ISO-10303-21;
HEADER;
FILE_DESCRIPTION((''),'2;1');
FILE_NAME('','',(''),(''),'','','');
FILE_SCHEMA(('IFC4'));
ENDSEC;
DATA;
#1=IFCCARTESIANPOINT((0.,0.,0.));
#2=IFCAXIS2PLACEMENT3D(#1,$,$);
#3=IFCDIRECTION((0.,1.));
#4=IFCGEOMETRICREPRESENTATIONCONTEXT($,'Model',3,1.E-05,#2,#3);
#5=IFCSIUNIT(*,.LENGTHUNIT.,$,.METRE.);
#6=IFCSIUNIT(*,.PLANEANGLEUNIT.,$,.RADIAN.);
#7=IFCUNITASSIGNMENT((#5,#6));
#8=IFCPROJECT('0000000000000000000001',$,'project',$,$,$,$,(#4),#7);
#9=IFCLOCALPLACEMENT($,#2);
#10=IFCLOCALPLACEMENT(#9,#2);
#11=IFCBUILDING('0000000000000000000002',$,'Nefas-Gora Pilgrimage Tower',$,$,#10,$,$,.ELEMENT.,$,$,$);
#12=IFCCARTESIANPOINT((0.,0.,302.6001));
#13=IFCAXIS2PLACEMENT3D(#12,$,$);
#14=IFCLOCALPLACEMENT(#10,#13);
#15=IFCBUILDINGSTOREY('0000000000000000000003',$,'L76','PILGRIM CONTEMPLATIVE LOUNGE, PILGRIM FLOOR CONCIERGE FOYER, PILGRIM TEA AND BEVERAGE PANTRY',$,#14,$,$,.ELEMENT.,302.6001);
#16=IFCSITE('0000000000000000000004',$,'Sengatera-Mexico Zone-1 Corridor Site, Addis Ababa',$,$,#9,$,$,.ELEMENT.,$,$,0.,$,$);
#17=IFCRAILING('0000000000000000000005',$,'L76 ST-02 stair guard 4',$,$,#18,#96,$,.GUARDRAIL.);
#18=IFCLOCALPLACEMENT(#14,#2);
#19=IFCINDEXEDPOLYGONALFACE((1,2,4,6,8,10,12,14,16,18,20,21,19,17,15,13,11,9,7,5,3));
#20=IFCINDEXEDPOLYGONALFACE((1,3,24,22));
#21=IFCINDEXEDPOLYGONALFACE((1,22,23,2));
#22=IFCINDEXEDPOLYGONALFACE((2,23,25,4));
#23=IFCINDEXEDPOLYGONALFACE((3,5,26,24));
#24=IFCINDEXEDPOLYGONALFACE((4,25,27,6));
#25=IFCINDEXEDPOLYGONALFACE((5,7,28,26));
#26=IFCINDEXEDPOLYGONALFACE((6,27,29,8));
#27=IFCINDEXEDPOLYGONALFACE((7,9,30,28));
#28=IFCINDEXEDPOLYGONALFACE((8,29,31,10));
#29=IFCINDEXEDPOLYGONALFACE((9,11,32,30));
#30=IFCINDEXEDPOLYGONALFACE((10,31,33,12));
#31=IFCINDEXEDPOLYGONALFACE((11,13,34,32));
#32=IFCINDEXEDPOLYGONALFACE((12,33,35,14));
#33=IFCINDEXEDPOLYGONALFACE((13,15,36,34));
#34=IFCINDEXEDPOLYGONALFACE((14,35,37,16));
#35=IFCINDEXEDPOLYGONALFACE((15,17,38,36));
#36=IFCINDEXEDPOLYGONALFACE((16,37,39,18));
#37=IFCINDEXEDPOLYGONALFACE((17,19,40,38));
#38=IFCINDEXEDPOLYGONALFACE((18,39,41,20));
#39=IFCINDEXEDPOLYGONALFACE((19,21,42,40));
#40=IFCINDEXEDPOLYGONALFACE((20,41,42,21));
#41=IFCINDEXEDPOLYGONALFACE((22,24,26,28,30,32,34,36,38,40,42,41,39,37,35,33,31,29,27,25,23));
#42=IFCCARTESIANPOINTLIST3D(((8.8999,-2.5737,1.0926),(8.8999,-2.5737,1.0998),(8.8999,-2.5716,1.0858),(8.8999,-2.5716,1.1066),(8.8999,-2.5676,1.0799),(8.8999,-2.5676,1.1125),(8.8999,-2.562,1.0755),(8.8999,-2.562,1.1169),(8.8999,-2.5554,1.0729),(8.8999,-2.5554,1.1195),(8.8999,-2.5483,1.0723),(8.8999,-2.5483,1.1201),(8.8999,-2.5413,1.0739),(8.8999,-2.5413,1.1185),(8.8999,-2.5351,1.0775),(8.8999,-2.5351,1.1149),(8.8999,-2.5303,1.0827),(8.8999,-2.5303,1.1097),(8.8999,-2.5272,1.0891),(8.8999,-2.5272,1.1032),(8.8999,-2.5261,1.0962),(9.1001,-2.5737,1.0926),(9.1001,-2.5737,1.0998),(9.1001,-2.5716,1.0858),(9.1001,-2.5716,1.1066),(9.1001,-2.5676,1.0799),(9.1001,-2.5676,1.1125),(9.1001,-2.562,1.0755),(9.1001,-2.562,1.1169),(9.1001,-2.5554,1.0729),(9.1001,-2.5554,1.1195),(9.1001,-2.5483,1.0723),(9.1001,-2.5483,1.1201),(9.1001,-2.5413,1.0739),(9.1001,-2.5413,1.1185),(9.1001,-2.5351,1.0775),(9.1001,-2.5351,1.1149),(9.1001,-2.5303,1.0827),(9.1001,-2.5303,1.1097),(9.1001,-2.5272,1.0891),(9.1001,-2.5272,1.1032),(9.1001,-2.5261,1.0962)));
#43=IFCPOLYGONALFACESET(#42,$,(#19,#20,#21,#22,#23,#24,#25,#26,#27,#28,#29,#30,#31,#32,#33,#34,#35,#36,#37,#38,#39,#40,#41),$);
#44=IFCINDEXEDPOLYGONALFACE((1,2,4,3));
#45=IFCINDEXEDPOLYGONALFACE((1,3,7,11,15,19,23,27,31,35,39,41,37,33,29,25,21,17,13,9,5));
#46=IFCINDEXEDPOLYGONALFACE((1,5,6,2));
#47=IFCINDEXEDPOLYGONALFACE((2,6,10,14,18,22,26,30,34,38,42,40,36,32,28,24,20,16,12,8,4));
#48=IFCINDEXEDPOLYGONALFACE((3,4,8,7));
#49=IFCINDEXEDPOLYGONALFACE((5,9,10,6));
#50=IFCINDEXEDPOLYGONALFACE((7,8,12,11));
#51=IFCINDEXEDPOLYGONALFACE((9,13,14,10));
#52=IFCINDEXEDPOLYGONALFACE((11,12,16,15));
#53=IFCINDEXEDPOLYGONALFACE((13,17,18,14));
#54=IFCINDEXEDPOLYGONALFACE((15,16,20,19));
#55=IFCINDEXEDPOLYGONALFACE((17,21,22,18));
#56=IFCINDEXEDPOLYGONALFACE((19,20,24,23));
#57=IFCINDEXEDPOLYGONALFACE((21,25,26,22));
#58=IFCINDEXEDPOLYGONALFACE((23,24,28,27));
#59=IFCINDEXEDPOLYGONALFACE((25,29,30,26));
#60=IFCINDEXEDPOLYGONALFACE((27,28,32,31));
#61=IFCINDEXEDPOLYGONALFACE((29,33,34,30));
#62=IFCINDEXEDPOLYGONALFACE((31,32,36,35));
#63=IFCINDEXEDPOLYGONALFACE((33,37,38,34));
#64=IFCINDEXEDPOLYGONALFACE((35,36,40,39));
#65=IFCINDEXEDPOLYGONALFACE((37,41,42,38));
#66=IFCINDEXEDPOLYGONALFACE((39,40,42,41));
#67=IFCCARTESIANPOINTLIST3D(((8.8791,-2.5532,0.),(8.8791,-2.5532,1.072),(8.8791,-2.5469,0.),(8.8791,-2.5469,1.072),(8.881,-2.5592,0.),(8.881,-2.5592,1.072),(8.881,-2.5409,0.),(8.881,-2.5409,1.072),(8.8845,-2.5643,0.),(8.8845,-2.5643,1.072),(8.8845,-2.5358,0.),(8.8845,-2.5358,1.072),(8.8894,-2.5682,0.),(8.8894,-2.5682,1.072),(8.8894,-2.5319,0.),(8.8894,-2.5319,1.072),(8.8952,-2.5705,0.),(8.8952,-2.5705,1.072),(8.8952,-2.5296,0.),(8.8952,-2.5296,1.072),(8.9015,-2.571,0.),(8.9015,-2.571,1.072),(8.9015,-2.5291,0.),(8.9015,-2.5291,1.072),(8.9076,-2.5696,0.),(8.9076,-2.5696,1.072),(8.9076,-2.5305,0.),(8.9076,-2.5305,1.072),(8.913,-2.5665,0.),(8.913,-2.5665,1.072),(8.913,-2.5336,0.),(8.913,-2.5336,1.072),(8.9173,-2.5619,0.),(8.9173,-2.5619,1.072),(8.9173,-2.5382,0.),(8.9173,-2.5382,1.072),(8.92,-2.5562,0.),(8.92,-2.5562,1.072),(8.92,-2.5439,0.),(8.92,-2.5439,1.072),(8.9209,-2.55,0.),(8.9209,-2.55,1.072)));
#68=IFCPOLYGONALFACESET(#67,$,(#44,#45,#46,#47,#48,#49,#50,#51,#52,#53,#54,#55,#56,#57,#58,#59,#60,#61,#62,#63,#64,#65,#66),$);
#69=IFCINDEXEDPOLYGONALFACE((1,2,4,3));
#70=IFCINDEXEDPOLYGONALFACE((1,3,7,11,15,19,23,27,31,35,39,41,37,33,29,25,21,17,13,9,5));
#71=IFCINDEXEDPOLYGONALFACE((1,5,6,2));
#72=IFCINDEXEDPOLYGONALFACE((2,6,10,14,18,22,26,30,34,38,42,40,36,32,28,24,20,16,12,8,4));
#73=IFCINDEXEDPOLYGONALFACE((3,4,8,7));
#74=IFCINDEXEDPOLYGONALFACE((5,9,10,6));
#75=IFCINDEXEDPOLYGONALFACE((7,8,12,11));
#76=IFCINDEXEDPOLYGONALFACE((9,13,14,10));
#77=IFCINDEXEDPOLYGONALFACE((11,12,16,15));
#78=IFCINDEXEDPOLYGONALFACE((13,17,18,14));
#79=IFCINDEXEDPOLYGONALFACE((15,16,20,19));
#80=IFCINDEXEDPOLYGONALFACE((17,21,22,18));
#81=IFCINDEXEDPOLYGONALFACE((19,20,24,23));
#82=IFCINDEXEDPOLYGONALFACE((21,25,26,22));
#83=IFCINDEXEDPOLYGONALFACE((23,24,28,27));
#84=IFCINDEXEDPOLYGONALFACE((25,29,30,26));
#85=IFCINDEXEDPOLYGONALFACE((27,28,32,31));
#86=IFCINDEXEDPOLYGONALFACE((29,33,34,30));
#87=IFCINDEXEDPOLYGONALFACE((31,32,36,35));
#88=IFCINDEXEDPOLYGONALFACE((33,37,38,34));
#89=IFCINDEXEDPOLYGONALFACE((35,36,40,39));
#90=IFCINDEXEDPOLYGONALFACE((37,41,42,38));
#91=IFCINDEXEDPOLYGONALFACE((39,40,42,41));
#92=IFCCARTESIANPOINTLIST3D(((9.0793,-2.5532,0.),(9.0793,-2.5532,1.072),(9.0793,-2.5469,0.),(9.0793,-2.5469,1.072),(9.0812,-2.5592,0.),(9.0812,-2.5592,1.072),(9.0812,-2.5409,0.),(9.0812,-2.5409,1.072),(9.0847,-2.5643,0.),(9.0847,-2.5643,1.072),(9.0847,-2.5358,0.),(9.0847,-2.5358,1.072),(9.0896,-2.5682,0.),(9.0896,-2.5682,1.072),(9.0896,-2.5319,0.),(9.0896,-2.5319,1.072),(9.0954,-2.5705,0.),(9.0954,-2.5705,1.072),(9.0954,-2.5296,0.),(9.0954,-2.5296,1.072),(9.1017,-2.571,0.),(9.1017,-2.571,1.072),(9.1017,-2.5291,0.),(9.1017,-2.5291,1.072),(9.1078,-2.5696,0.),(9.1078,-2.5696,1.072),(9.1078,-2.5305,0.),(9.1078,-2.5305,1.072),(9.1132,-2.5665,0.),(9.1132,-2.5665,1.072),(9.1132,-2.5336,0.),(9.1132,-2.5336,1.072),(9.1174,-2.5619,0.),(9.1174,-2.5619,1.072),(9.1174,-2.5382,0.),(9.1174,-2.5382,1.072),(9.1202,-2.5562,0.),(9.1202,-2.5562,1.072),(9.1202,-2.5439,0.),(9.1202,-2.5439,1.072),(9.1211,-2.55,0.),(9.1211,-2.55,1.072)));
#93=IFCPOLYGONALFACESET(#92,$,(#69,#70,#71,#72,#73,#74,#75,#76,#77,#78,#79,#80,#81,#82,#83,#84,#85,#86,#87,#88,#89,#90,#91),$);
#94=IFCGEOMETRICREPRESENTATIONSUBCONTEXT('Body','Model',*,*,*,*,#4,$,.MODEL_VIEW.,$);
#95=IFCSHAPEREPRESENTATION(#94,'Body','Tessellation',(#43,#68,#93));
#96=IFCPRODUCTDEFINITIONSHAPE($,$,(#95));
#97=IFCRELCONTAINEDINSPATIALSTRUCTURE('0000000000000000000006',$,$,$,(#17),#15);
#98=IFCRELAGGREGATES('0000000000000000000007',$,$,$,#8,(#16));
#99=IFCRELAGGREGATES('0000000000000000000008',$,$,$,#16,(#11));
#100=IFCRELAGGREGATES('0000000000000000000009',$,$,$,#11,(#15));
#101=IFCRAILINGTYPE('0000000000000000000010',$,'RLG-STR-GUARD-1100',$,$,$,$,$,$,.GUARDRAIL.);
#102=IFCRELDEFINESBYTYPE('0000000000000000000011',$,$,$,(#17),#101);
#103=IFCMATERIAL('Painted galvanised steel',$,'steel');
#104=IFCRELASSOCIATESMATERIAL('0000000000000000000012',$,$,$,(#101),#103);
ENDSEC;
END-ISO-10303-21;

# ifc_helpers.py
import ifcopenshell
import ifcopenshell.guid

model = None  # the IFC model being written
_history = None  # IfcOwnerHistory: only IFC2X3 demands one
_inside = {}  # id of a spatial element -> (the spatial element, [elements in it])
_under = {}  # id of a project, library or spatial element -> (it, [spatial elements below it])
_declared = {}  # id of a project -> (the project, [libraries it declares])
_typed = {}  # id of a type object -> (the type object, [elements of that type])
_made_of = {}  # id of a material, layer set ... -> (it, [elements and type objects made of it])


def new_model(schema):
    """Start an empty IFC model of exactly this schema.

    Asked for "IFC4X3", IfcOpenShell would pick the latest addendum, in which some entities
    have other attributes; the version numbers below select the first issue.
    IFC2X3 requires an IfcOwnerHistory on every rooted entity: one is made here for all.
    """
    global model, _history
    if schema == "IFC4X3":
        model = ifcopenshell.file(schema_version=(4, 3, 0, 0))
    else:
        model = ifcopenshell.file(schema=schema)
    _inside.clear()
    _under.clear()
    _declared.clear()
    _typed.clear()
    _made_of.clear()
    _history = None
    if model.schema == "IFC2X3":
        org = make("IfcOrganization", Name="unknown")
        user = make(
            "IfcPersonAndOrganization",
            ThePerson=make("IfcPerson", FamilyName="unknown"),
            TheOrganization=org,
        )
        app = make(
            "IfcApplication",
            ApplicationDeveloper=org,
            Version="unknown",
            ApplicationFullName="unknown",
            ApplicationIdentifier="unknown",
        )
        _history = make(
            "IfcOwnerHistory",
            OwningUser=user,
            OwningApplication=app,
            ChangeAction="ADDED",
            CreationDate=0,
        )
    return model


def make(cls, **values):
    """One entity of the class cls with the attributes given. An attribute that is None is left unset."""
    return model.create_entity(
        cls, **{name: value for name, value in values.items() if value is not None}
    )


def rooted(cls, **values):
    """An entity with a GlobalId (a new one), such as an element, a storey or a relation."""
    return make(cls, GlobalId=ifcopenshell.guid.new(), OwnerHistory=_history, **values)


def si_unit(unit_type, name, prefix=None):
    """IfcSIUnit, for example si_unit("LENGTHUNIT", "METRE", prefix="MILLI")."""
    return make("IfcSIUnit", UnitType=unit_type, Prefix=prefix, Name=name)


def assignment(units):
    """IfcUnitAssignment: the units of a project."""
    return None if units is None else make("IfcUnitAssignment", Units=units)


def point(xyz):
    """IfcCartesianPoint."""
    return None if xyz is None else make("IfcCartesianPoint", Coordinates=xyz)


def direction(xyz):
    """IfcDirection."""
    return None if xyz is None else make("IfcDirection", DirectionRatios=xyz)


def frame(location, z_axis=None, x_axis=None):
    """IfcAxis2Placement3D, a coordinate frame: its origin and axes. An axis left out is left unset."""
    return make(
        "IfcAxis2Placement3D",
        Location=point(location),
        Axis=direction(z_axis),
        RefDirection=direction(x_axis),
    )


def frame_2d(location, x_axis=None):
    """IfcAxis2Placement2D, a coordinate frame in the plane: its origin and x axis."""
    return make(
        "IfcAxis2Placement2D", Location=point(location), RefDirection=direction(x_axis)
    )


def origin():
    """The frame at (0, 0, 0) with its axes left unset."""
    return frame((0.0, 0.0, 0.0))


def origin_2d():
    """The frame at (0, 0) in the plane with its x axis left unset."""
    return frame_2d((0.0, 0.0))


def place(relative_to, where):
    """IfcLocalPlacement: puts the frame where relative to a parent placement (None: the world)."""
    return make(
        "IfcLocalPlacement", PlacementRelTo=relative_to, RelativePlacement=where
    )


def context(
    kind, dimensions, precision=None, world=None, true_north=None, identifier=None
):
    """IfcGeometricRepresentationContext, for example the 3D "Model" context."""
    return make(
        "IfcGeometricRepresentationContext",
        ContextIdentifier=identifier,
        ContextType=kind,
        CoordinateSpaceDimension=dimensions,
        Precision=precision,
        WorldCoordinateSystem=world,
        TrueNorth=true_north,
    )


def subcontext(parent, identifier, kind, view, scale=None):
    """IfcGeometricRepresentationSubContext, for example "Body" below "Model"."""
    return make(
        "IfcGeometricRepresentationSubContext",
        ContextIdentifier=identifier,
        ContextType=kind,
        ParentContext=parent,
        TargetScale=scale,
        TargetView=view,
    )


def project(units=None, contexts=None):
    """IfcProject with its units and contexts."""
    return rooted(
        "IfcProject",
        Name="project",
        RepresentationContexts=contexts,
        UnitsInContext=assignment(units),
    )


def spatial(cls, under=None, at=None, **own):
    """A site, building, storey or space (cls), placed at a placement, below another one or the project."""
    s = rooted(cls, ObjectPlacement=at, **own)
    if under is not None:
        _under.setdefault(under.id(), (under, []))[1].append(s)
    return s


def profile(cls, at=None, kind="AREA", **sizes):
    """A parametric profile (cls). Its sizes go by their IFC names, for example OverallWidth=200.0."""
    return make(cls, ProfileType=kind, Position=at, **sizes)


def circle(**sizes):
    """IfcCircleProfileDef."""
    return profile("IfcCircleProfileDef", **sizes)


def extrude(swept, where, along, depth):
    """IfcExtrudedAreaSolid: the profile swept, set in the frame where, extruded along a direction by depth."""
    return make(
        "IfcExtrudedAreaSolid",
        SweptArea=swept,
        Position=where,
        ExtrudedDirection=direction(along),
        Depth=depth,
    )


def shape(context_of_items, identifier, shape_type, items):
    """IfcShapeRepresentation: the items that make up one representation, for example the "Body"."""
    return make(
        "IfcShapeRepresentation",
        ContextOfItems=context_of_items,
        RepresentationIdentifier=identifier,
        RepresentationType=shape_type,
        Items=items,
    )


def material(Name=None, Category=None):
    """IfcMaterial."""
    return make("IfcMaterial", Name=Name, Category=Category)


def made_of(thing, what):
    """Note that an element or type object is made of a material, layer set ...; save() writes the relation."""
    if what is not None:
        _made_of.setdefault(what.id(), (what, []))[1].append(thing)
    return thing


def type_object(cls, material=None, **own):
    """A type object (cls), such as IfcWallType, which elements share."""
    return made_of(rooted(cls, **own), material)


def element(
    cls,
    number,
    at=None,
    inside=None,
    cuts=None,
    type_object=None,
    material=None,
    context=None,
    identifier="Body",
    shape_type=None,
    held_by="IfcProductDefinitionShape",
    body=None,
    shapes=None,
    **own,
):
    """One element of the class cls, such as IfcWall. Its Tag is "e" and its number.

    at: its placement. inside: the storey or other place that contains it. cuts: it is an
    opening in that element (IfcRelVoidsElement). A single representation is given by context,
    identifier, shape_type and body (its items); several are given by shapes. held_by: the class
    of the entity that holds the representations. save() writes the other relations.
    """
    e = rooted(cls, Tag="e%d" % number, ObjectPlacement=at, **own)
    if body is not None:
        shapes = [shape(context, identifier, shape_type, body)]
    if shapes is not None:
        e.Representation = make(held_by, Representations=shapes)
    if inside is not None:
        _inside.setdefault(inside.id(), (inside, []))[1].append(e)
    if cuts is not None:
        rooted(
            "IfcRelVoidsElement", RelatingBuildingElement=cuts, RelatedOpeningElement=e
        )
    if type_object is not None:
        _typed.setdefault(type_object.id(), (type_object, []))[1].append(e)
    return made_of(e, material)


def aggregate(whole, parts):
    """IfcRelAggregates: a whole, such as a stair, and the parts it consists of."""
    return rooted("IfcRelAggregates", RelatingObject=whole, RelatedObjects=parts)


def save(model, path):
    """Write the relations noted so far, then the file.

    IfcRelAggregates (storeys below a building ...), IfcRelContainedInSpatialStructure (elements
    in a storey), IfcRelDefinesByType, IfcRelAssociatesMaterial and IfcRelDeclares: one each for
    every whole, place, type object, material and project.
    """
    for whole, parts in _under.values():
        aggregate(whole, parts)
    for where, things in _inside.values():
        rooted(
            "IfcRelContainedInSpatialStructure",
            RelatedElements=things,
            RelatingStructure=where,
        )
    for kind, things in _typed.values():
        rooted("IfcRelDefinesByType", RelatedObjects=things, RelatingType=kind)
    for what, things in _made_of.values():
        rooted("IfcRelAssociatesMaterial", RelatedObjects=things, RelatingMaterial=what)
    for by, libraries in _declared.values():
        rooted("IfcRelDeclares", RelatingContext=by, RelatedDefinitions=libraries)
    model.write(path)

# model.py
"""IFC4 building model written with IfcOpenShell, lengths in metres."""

from ifc_helpers import new_model, si_unit, direction, frame, origin, origin_2d, place, context, subcontext, project, spatial, circle, extrude, material, type_object, element, save


model = new_model("IFC4")

# Units and contexts
model_context = context("Model", 3, precision=1e-05, world=origin(), true_north=direction((0.0, 1.0)))
body_context = subcontext(model_context, "Body", "Model", "MODEL_VIEW")
ifc_project = project(units=[si_unit("LENGTHUNIT", "METRE"), si_unit("PLANEANGLEUNIT", "RADIAN")], contexts=[model_context])

# Site, building, storey
site_placement = place(None, origin())
site = spatial("IfcSite", under=ifc_project, at=site_placement, Name="Sengatera-Mexico Zone-1 Corridor Site, Addis Ababa", CompositionType="ELEMENT", RefElevation=0.0)
building_placement = place(site_placement, origin())
building = spatial("IfcBuilding", under=site, at=building_placement, Name="Nefas-Gora Pilgrimage Tower", CompositionType="ELEMENT")
storey_placement = place(building_placement, frame((0.0, 0.0, 302.6001)))
storey = spatial("IfcBuildingStorey", under=building, at=storey_placement, Name="L76", Description="PILGRIM CONTEMPLATIVE LOUNGE, PILGRIM FLOOR CONCIERGE FOYER, PILGRIM TEA AND BEVERAGE PANTRY", CompositionType="ELEMENT", Elevation=302.6001)

# Railing
ifc_material_1 = material(Name="Painted galvanised steel", Category="steel")
railing_type_1 = type_object("IfcRailingType", Name="RLG-STR-GUARD-1100", PredefinedType="GUARDRAIL", material=ifc_material_1)
railing_1_placement = place(storey_placement, frame((8.8999, -2.55, 0.0)))
element("IfcRailing", 1, at=railing_1_placement, inside=storey, type_object=railing_type_1, Name="L76 ST-02 stair guard 4", PredefinedType="GUARDRAIL", context=body_context, shape_type="SweptSolid", body=[
    extrude(circle(Radius=0.0239, at=origin_2d()), frame((0.0, 0.0, 1.0962), z_axis=(1.0, 0.0, 0.0), x_axis=(0.0, 1.0, 0.0)), (0.0, 0.0, 1.0), 0.2002),
    extrude(circle(Radius=0.021, at=origin_2d()), origin(), (0.0, 0.0, 1.0), 1.072),
    extrude(circle(Radius=0.021, at=origin_2d()), frame((0.2002, 0.0, 0.0)), (0.0, 0.0, 1.0), 1.072),
])

save(model, "model.ifc")
